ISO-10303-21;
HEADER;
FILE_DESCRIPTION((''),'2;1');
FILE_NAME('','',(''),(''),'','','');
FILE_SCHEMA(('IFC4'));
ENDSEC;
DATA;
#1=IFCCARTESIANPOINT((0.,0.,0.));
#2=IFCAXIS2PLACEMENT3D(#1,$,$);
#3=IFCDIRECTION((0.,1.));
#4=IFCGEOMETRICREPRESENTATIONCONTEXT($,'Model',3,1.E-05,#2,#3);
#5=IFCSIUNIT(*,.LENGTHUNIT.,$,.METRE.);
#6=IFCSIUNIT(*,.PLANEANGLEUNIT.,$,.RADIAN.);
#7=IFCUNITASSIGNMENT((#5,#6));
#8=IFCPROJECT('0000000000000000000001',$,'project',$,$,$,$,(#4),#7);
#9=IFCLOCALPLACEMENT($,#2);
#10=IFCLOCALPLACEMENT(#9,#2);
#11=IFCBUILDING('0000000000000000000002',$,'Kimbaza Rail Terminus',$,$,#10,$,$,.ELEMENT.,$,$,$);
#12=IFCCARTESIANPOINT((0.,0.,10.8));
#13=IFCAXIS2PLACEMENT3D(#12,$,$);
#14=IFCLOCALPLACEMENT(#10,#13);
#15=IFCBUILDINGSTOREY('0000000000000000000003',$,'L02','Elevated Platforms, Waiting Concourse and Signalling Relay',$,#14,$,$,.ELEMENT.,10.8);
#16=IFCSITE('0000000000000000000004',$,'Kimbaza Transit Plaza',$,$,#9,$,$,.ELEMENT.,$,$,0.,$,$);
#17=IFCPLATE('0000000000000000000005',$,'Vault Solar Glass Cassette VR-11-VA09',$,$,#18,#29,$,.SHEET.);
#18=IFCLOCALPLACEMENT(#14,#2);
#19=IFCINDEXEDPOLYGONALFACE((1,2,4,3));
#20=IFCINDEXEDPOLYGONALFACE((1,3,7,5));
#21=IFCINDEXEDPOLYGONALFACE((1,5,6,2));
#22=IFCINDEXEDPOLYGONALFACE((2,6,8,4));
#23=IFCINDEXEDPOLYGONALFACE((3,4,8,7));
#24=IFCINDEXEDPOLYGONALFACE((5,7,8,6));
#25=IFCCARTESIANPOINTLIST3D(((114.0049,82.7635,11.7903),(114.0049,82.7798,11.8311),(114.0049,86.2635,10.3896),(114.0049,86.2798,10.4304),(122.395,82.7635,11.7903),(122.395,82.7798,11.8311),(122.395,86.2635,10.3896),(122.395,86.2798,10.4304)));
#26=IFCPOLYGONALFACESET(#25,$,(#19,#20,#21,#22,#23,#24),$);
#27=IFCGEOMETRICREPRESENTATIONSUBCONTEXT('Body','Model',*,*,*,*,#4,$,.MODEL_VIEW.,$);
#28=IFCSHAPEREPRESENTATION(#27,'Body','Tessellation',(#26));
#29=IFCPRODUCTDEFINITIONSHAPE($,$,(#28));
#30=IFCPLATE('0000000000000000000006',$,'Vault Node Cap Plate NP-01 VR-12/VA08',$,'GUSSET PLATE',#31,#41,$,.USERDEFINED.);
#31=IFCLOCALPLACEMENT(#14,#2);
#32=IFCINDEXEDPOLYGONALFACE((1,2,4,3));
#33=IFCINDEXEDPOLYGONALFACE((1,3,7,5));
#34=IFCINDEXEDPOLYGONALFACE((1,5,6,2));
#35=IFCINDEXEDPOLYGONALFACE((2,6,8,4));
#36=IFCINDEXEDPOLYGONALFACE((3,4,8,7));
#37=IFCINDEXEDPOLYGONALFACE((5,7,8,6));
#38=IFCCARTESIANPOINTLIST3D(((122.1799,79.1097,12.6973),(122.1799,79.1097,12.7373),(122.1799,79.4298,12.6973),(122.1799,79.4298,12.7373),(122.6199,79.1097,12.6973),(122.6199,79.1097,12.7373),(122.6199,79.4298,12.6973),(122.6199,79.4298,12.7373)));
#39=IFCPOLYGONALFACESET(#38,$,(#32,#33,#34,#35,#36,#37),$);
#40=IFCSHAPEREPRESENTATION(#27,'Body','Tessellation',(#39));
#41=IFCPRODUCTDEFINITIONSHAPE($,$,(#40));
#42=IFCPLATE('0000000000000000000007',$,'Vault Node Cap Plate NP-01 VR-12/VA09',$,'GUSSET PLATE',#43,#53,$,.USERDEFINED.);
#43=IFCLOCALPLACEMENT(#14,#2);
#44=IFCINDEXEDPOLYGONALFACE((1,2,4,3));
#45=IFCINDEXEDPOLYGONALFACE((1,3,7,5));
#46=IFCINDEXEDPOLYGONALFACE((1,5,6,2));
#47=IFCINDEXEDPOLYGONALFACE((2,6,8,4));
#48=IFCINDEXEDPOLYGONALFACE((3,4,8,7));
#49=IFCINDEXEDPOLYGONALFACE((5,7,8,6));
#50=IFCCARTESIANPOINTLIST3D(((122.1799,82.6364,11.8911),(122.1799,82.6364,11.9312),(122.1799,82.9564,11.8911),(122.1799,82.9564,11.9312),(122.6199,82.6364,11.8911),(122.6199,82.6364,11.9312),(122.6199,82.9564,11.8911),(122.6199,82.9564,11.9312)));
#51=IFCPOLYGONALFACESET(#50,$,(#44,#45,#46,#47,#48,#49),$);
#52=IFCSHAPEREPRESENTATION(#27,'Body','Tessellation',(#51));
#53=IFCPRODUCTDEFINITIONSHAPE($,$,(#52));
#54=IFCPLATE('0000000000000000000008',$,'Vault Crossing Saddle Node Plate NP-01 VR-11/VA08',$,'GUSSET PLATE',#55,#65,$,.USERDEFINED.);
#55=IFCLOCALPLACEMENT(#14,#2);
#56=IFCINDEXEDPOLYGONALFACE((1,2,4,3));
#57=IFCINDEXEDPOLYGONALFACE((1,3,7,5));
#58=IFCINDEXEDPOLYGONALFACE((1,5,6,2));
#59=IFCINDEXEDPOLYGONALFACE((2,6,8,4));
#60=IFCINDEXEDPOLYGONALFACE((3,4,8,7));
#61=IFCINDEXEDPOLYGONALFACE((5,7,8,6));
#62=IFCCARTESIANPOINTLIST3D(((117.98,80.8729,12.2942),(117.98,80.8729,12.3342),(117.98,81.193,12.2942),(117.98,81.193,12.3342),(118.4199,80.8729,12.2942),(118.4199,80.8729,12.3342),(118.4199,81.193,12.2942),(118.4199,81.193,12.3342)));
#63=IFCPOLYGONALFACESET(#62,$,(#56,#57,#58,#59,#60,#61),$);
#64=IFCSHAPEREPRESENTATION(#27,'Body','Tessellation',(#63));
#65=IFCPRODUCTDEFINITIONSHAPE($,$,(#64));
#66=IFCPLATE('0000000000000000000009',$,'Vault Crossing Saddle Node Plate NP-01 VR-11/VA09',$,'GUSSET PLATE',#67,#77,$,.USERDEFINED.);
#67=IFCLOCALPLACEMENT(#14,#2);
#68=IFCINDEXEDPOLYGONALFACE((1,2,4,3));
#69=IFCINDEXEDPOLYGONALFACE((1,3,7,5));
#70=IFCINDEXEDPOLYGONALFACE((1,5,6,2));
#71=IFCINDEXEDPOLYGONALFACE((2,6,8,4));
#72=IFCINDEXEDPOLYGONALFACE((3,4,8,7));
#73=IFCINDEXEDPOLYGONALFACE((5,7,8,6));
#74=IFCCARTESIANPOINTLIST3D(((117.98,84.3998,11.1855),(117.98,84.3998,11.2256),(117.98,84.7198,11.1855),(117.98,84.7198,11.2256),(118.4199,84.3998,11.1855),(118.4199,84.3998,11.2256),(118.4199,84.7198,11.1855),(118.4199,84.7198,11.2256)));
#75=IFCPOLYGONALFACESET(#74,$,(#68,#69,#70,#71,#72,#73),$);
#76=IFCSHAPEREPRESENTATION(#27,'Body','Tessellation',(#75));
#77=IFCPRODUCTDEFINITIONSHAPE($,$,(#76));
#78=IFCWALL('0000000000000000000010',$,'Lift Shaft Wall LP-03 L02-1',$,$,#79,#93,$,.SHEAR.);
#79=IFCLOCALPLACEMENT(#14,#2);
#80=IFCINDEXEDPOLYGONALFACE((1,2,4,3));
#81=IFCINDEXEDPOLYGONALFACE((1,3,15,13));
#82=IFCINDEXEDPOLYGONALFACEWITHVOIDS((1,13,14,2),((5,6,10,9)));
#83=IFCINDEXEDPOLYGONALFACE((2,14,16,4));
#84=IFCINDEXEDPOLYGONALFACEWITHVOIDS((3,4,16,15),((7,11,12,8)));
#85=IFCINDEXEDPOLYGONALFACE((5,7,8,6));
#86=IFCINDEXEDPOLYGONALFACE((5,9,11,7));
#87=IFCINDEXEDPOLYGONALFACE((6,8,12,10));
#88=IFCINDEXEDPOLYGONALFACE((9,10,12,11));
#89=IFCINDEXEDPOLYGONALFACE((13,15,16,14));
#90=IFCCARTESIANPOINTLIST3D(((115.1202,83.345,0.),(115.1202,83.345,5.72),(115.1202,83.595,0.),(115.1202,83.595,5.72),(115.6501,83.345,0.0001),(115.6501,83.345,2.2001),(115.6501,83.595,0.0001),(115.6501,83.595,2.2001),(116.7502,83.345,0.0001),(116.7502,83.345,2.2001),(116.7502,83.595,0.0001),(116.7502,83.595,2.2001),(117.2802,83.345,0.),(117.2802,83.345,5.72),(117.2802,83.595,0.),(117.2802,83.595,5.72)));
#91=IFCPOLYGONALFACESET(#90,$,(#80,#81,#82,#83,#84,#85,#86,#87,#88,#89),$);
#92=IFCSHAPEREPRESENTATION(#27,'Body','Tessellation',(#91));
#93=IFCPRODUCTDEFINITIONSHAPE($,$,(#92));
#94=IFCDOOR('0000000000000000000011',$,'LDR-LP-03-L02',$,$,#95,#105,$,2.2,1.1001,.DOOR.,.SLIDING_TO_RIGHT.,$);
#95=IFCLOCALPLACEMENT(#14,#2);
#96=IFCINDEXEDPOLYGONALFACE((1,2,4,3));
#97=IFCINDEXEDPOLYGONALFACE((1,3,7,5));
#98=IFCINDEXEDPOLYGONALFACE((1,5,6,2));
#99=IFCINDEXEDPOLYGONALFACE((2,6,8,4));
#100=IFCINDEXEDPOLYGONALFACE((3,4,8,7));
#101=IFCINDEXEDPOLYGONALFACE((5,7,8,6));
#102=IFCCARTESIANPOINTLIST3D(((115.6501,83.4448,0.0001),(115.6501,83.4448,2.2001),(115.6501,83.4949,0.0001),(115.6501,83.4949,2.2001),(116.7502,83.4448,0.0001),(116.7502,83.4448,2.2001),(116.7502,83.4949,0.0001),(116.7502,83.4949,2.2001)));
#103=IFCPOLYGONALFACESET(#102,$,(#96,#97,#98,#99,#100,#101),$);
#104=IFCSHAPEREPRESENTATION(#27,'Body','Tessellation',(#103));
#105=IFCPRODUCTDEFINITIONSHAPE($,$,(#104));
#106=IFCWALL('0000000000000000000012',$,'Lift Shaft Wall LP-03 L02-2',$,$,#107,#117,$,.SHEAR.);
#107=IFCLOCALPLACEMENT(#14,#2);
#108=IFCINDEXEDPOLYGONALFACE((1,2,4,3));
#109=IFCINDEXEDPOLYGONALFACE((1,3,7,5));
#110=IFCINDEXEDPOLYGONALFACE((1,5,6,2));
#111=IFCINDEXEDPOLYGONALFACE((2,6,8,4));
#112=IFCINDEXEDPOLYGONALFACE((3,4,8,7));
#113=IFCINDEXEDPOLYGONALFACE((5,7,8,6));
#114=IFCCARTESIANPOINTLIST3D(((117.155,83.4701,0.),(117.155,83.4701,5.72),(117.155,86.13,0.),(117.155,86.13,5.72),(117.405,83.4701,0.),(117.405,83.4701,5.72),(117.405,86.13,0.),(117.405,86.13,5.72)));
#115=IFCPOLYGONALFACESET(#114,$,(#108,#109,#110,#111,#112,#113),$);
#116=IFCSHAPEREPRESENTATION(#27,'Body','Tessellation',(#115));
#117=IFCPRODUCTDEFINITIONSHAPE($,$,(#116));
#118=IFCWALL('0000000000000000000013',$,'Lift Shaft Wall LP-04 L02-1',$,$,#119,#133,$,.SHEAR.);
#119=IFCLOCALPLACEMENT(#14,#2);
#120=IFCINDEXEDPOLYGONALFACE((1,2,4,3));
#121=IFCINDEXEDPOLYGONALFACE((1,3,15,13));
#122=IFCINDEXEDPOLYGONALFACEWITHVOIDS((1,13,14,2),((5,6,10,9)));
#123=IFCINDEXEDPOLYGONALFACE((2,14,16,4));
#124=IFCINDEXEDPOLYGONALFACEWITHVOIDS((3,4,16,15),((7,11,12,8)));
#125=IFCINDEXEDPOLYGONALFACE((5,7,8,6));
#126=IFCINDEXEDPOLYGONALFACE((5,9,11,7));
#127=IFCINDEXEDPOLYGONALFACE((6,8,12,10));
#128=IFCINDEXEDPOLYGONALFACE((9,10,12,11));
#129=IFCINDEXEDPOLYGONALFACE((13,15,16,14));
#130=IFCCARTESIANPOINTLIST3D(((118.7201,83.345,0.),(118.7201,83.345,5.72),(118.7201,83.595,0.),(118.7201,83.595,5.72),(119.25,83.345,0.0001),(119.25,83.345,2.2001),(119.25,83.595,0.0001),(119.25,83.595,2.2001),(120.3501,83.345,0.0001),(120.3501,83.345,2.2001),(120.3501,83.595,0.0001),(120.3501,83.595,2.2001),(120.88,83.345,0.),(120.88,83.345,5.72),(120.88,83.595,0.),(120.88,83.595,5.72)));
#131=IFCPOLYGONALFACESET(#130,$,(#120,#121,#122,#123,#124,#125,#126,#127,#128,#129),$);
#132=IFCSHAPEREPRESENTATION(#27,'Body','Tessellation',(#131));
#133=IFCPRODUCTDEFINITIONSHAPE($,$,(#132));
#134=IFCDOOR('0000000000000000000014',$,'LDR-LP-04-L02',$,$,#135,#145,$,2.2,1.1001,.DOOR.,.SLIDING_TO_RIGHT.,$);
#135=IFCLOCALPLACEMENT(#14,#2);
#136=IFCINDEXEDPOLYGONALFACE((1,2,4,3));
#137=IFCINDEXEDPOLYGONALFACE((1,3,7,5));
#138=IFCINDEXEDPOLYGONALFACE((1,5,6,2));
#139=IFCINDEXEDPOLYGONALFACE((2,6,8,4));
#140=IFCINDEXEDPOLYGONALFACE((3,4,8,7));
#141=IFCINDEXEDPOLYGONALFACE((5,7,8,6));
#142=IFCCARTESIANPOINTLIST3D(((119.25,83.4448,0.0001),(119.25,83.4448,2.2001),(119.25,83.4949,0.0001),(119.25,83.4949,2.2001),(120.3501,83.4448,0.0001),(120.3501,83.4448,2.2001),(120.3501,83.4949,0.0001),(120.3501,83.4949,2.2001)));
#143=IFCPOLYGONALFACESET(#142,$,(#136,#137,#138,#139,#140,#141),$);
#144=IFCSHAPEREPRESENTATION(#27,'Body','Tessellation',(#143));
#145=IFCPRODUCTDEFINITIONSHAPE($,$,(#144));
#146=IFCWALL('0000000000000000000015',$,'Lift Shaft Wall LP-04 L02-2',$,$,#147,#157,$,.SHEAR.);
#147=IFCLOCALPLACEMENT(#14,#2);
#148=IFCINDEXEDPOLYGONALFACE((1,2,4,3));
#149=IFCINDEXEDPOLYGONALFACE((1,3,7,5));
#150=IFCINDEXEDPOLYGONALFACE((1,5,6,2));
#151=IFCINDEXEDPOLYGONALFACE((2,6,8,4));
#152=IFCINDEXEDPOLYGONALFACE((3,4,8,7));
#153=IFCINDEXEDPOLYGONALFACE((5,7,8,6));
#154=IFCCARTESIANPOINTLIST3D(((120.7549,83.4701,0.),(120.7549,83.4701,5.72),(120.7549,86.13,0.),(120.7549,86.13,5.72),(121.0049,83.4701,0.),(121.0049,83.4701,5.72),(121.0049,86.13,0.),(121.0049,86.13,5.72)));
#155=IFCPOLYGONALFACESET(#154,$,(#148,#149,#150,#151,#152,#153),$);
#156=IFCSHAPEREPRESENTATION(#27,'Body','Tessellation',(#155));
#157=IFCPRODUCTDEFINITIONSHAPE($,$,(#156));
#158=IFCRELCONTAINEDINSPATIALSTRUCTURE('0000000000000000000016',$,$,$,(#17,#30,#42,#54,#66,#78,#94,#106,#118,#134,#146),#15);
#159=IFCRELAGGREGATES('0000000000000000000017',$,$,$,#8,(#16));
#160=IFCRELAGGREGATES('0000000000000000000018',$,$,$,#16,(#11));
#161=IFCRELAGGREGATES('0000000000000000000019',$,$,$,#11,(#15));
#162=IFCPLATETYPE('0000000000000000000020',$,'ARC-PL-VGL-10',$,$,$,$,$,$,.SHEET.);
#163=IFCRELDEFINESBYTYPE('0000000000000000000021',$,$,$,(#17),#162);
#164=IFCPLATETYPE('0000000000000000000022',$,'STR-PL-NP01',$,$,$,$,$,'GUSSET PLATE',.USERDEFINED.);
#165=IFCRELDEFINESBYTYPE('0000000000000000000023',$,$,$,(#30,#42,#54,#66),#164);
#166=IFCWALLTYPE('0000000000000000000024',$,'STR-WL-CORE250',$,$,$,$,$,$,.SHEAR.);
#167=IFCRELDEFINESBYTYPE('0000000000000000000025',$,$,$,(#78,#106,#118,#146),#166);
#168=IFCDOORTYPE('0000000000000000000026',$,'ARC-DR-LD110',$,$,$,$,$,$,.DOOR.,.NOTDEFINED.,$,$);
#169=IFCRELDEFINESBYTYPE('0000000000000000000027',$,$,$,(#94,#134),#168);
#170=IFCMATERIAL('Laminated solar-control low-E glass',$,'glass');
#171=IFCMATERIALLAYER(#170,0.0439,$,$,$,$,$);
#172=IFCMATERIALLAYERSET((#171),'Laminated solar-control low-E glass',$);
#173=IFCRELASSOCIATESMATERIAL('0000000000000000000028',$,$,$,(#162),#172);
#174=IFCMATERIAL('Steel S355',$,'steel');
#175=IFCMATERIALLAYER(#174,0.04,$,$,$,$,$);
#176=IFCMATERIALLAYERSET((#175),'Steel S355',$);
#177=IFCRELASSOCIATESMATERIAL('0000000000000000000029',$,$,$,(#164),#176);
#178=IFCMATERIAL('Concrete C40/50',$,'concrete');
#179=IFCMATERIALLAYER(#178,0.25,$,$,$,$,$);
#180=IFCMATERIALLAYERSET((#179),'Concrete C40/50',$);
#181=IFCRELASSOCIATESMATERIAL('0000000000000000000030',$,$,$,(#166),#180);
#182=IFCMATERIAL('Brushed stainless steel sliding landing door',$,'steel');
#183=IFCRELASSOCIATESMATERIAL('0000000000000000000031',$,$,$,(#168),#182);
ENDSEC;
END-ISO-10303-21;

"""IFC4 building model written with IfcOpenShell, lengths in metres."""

from ifc_helpers import new_model, si_unit, direction, frame, frame_2d, origin, origin_2d, place, context, subcontext, project, spatial, polyline, rectangle, outline, extrude, material, layer, layer_set, type_object, element, fill, save


model = new_model("IFC4")

# Units and contexts
model_context = context("Model", 3, precision=1e-05, world=origin(), true_north=direction((0.0, 1.0)))
body_context = subcontext(model_context, "Body", "Model", "MODEL_VIEW")
ifc_project = project(units=[si_unit("LENGTHUNIT", "METRE"), si_unit("PLANEANGLEUNIT", "RADIAN")], contexts=[model_context])

# Site, building, storey
site_placement = place(None, origin())
site = spatial("IfcSite", under=ifc_project, at=site_placement, Name="Kimbaza Transit Plaza", CompositionType="ELEMENT", RefElevation=0.0)
building_placement = place(site_placement, origin())
building = spatial("IfcBuilding", under=site, at=building_placement, Name="Kimbaza Rail Terminus", CompositionType="ELEMENT")
storey_placement = place(building_placement, frame((0.0, 0.0, 10.8)))
storey = spatial("IfcBuildingStorey", under=building, at=storey_placement, Name="L02", Description="Elevated Platforms, Waiting Concourse and Signalling Relay", CompositionType="ELEMENT", Elevation=10.8)

# Plates
ifc_material_1 = material(Name="Laminated solar-control low-E glass", Category="glass")
ifc_layer_1 = layer(ifc_material_1, 0.0439)
ifc_layer_set_1 = layer_set([ifc_layer_1], Name="Laminated solar-control low-E glass")
plate_type_1 = type_object("IfcPlateType", Name="ARC-PL-VGL-10", PredefinedType="SHEET", material=ifc_layer_set_1)
plate_1_placement = place(storey_placement, frame((114.0049, 82.7798, 11.8311), z_axis=(0.0, 0.371536, 0.928419), x_axis=(1.0, 0.0, 0.0)))
element("IfcPlate", 1, at=plate_1_placement, inside=storey, type_object=plate_type_1, Name="Vault Solar Glass Cassette VR-11-VA09", PredefinedType="SHEET", context=body_context, shape_type="SweptSolid", body=[
    extrude(outline(polyline([(0.0, 0.0), (8.3901, 0.0), (8.3901, 3.7699), (0.0, 3.7699), (0.0, 0.0)])), origin(), (0.0, 0.0, -1.0), 0.0439),
])
ifc_material_2 = material(Name="Steel S355", Category="steel")
ifc_layer_2 = layer(ifc_material_2, 0.04)
ifc_layer_set_2 = layer_set([ifc_layer_2], Name="Steel S355")
plate_type_2 = type_object("IfcPlateType", Name="STR-PL-NP01", ElementType="GUSSET PLATE", PredefinedType="USERDEFINED", material=ifc_layer_set_2)
for number, where, z_axis, x_axis, name in (
    (2, (122.3999, 79.2698, 12.6973), (0.0, 0.0, 1.0), (1.0, 0.0, 0.0), "Vault Node Cap Plate NP-01 VR-12/VA08"),
    (3, (122.3999, 82.7964, 11.8911), (0.0, 0.0, 1.0), (1.0, 0.0, 0.0), "Vault Node Cap Plate NP-01 VR-12/VA09"),
    (4, (118.2, 81.033, 12.2942), (0.0, 0.0, 1.0), (1.0, 0.0, 0.0), "Vault Crossing Saddle Node Plate NP-01 VR-11/VA08"),
    (5, (118.2, 84.5598, 11.1855), (0.0, 0.0, 1.0), (1.0, 0.0, 0.0), "Vault Crossing Saddle Node Plate NP-01 VR-11/VA09"),
):
    element("IfcPlate", number, at=place(storey_placement, frame(where, z_axis=z_axis, x_axis=x_axis)), inside=storey, type_object=plate_type_2, Name=name, ObjectType="GUSSET PLATE", PredefinedType="USERDEFINED", context=body_context, shape_type="SweptSolid", body=[
        extrude(rectangle(XDim=0.4399, YDim=0.3201, at=origin_2d()), origin(), (0.0, 0.0, 1.0), 0.04),
    ])

# Wall, opening, door
ifc_material_3 = material(Name="Concrete C40/50", Category="concrete")
ifc_layer_3 = layer(ifc_material_3, 0.25)
ifc_layer_set_3 = layer_set([ifc_layer_3], Name="Concrete C40/50")
wall_type = type_object("IfcWallType", Name="STR-WL-CORE250", PredefinedType="SHEAR", material=ifc_layer_set_3)
wall_1_placement = place(storey_placement, frame((115.1201, 83.47, 0.0), z_axis=(0.0, 0.0, 1.0), x_axis=(1.0, 0.0, 0.0)))
wall_1 = element("IfcWall", 6, at=wall_1_placement, inside=storey, type_object=wall_type, Name="Lift Shaft Wall LP-03 L02-1", PredefinedType="SHEAR", context=body_context, shape_type="SweptSolid", body=[
    extrude(rectangle(XDim=2.1599, YDim=0.25, at=frame_2d((1.0801, 0.0))), origin(), (0.0, 0.0, 1.0), 5.72),
])
opening_1_placement = place(wall_1_placement, frame((0.53, 0.0, 0.0)))
opening_1 = element("IfcOpeningElement", 7, at=opening_1_placement, cuts=wall_1, PredefinedType="OPENING", context=body_context, shape_type="SweptSolid", body=[
    extrude(rectangle(XDim=1.1001, YDim=2.2, at=frame_2d((0.55, 1.1001))), frame((0.0, 0.135, 0.0), z_axis=(0.0, -1.0, 0.0), x_axis=(1.0, 0.0, 0.0)), (0.0, 0.0, 1.0), 0.27),
])
ifc_material_4 = material(Name="Brushed stainless steel sliding landing door", Category="steel")
door_type = type_object("IfcDoorType", Name="ARC-DR-LD110", OperationType="NOTDEFINED", PredefinedType="DOOR", material=ifc_material_4)
door_1_placement = place(opening_1_placement, origin())
door_1 = element("IfcDoor", 8, at=door_1_placement, inside=storey, type_object=door_type, Name="LDR-LP-03-L02", OperationType="SLIDING_TO_RIGHT", OverallHeight=2.2, OverallWidth=1.1001, PredefinedType="DOOR", context=body_context, shape_type="SweptSolid", body=[
    extrude(rectangle(XDim=1.1001, YDim=2.2, at=frame_2d((0.55, 1.1001))), frame((0.0, 0.0249, 0.0), z_axis=(0.0, -1.0, 0.0), x_axis=(1.0, 0.0, 0.0)), (0.0, 0.0, 1.0), 0.05),
])
fill(opening_1, door_1)

# Wall
wall_2_placement = place(storey_placement, frame((117.28, 83.47, 0.0), z_axis=(0.0, 0.0, 1.0), x_axis=(0.0, 1.0, 0.0)))
element("IfcWall", 9, at=wall_2_placement, inside=storey, type_object=wall_type, Name="Lift Shaft Wall LP-03 L02-2", PredefinedType="SHEAR", context=body_context, shape_type="SweptSolid", body=[
    extrude(rectangle(XDim=2.6599, YDim=0.25, at=frame_2d((1.3301, 0.0))), origin(), (0.0, 0.0, 1.0), 5.72),
])

# Wall, opening, door
wall_3_placement = place(storey_placement, frame((118.72, 83.47, 0.0), z_axis=(0.0, 0.0, 1.0), x_axis=(1.0, 0.0, 0.0)))
wall_3 = element("IfcWall", 10, at=wall_3_placement, inside=storey, type_object=wall_type, Name="Lift Shaft Wall LP-04 L02-1", PredefinedType="SHEAR", context=body_context, shape_type="SweptSolid", body=[
    extrude(rectangle(XDim=2.1599, YDim=0.25, at=frame_2d((1.0801, 0.0))), origin(), (0.0, 0.0, 1.0), 5.72),
])
opening_2_placement = place(wall_3_placement, frame((0.53, 0.0, 0.0)))
opening_2 = element("IfcOpeningElement", 11, at=opening_2_placement, cuts=wall_3, PredefinedType="OPENING", context=body_context, shape_type="SweptSolid", body=[
    extrude(rectangle(XDim=1.1001, YDim=2.2, at=frame_2d((0.55, 1.1001))), frame((0.0, 0.135, 0.0), z_axis=(0.0, -1.0, 0.0), x_axis=(1.0, 0.0, 0.0)), (0.0, 0.0, 1.0), 0.27),
])
door_2_placement = place(opening_2_placement, origin())
door_2 = element("IfcDoor", 12, at=door_2_placement, inside=storey, type_object=door_type, Name="LDR-LP-04-L02", OperationType="SLIDING_TO_RIGHT", OverallHeight=2.2, OverallWidth=1.1001, PredefinedType="DOOR", context=body_context, shape_type="SweptSolid", body=[
    extrude(rectangle(XDim=1.1001, YDim=2.2, at=frame_2d((0.55, 1.1001))), frame((0.0, 0.0249, 0.0), z_axis=(0.0, -1.0, 0.0), x_axis=(1.0, 0.0, 0.0)), (0.0, 0.0, 1.0), 0.05),
])
fill(opening_2, door_2)

# Wall
wall_4_placement = place(storey_placement, frame((120.8799, 83.47, 0.0), z_axis=(0.0, 0.0, 1.0), x_axis=(0.0, 1.0, 0.0)))
element("IfcWall", 13, at=wall_4_placement, inside=storey, type_object=wall_type, Name="Lift Shaft Wall LP-04 L02-2", PredefinedType="SHEAR", context=body_context, shape_type="SweptSolid", body=[
    extrude(rectangle(XDim=2.6599, YDim=0.25, at=frame_2d((1.3301, 0.0))), origin(), (0.0, 0.0, 1.0), 5.72),
])

save(model, "model.ifc")
